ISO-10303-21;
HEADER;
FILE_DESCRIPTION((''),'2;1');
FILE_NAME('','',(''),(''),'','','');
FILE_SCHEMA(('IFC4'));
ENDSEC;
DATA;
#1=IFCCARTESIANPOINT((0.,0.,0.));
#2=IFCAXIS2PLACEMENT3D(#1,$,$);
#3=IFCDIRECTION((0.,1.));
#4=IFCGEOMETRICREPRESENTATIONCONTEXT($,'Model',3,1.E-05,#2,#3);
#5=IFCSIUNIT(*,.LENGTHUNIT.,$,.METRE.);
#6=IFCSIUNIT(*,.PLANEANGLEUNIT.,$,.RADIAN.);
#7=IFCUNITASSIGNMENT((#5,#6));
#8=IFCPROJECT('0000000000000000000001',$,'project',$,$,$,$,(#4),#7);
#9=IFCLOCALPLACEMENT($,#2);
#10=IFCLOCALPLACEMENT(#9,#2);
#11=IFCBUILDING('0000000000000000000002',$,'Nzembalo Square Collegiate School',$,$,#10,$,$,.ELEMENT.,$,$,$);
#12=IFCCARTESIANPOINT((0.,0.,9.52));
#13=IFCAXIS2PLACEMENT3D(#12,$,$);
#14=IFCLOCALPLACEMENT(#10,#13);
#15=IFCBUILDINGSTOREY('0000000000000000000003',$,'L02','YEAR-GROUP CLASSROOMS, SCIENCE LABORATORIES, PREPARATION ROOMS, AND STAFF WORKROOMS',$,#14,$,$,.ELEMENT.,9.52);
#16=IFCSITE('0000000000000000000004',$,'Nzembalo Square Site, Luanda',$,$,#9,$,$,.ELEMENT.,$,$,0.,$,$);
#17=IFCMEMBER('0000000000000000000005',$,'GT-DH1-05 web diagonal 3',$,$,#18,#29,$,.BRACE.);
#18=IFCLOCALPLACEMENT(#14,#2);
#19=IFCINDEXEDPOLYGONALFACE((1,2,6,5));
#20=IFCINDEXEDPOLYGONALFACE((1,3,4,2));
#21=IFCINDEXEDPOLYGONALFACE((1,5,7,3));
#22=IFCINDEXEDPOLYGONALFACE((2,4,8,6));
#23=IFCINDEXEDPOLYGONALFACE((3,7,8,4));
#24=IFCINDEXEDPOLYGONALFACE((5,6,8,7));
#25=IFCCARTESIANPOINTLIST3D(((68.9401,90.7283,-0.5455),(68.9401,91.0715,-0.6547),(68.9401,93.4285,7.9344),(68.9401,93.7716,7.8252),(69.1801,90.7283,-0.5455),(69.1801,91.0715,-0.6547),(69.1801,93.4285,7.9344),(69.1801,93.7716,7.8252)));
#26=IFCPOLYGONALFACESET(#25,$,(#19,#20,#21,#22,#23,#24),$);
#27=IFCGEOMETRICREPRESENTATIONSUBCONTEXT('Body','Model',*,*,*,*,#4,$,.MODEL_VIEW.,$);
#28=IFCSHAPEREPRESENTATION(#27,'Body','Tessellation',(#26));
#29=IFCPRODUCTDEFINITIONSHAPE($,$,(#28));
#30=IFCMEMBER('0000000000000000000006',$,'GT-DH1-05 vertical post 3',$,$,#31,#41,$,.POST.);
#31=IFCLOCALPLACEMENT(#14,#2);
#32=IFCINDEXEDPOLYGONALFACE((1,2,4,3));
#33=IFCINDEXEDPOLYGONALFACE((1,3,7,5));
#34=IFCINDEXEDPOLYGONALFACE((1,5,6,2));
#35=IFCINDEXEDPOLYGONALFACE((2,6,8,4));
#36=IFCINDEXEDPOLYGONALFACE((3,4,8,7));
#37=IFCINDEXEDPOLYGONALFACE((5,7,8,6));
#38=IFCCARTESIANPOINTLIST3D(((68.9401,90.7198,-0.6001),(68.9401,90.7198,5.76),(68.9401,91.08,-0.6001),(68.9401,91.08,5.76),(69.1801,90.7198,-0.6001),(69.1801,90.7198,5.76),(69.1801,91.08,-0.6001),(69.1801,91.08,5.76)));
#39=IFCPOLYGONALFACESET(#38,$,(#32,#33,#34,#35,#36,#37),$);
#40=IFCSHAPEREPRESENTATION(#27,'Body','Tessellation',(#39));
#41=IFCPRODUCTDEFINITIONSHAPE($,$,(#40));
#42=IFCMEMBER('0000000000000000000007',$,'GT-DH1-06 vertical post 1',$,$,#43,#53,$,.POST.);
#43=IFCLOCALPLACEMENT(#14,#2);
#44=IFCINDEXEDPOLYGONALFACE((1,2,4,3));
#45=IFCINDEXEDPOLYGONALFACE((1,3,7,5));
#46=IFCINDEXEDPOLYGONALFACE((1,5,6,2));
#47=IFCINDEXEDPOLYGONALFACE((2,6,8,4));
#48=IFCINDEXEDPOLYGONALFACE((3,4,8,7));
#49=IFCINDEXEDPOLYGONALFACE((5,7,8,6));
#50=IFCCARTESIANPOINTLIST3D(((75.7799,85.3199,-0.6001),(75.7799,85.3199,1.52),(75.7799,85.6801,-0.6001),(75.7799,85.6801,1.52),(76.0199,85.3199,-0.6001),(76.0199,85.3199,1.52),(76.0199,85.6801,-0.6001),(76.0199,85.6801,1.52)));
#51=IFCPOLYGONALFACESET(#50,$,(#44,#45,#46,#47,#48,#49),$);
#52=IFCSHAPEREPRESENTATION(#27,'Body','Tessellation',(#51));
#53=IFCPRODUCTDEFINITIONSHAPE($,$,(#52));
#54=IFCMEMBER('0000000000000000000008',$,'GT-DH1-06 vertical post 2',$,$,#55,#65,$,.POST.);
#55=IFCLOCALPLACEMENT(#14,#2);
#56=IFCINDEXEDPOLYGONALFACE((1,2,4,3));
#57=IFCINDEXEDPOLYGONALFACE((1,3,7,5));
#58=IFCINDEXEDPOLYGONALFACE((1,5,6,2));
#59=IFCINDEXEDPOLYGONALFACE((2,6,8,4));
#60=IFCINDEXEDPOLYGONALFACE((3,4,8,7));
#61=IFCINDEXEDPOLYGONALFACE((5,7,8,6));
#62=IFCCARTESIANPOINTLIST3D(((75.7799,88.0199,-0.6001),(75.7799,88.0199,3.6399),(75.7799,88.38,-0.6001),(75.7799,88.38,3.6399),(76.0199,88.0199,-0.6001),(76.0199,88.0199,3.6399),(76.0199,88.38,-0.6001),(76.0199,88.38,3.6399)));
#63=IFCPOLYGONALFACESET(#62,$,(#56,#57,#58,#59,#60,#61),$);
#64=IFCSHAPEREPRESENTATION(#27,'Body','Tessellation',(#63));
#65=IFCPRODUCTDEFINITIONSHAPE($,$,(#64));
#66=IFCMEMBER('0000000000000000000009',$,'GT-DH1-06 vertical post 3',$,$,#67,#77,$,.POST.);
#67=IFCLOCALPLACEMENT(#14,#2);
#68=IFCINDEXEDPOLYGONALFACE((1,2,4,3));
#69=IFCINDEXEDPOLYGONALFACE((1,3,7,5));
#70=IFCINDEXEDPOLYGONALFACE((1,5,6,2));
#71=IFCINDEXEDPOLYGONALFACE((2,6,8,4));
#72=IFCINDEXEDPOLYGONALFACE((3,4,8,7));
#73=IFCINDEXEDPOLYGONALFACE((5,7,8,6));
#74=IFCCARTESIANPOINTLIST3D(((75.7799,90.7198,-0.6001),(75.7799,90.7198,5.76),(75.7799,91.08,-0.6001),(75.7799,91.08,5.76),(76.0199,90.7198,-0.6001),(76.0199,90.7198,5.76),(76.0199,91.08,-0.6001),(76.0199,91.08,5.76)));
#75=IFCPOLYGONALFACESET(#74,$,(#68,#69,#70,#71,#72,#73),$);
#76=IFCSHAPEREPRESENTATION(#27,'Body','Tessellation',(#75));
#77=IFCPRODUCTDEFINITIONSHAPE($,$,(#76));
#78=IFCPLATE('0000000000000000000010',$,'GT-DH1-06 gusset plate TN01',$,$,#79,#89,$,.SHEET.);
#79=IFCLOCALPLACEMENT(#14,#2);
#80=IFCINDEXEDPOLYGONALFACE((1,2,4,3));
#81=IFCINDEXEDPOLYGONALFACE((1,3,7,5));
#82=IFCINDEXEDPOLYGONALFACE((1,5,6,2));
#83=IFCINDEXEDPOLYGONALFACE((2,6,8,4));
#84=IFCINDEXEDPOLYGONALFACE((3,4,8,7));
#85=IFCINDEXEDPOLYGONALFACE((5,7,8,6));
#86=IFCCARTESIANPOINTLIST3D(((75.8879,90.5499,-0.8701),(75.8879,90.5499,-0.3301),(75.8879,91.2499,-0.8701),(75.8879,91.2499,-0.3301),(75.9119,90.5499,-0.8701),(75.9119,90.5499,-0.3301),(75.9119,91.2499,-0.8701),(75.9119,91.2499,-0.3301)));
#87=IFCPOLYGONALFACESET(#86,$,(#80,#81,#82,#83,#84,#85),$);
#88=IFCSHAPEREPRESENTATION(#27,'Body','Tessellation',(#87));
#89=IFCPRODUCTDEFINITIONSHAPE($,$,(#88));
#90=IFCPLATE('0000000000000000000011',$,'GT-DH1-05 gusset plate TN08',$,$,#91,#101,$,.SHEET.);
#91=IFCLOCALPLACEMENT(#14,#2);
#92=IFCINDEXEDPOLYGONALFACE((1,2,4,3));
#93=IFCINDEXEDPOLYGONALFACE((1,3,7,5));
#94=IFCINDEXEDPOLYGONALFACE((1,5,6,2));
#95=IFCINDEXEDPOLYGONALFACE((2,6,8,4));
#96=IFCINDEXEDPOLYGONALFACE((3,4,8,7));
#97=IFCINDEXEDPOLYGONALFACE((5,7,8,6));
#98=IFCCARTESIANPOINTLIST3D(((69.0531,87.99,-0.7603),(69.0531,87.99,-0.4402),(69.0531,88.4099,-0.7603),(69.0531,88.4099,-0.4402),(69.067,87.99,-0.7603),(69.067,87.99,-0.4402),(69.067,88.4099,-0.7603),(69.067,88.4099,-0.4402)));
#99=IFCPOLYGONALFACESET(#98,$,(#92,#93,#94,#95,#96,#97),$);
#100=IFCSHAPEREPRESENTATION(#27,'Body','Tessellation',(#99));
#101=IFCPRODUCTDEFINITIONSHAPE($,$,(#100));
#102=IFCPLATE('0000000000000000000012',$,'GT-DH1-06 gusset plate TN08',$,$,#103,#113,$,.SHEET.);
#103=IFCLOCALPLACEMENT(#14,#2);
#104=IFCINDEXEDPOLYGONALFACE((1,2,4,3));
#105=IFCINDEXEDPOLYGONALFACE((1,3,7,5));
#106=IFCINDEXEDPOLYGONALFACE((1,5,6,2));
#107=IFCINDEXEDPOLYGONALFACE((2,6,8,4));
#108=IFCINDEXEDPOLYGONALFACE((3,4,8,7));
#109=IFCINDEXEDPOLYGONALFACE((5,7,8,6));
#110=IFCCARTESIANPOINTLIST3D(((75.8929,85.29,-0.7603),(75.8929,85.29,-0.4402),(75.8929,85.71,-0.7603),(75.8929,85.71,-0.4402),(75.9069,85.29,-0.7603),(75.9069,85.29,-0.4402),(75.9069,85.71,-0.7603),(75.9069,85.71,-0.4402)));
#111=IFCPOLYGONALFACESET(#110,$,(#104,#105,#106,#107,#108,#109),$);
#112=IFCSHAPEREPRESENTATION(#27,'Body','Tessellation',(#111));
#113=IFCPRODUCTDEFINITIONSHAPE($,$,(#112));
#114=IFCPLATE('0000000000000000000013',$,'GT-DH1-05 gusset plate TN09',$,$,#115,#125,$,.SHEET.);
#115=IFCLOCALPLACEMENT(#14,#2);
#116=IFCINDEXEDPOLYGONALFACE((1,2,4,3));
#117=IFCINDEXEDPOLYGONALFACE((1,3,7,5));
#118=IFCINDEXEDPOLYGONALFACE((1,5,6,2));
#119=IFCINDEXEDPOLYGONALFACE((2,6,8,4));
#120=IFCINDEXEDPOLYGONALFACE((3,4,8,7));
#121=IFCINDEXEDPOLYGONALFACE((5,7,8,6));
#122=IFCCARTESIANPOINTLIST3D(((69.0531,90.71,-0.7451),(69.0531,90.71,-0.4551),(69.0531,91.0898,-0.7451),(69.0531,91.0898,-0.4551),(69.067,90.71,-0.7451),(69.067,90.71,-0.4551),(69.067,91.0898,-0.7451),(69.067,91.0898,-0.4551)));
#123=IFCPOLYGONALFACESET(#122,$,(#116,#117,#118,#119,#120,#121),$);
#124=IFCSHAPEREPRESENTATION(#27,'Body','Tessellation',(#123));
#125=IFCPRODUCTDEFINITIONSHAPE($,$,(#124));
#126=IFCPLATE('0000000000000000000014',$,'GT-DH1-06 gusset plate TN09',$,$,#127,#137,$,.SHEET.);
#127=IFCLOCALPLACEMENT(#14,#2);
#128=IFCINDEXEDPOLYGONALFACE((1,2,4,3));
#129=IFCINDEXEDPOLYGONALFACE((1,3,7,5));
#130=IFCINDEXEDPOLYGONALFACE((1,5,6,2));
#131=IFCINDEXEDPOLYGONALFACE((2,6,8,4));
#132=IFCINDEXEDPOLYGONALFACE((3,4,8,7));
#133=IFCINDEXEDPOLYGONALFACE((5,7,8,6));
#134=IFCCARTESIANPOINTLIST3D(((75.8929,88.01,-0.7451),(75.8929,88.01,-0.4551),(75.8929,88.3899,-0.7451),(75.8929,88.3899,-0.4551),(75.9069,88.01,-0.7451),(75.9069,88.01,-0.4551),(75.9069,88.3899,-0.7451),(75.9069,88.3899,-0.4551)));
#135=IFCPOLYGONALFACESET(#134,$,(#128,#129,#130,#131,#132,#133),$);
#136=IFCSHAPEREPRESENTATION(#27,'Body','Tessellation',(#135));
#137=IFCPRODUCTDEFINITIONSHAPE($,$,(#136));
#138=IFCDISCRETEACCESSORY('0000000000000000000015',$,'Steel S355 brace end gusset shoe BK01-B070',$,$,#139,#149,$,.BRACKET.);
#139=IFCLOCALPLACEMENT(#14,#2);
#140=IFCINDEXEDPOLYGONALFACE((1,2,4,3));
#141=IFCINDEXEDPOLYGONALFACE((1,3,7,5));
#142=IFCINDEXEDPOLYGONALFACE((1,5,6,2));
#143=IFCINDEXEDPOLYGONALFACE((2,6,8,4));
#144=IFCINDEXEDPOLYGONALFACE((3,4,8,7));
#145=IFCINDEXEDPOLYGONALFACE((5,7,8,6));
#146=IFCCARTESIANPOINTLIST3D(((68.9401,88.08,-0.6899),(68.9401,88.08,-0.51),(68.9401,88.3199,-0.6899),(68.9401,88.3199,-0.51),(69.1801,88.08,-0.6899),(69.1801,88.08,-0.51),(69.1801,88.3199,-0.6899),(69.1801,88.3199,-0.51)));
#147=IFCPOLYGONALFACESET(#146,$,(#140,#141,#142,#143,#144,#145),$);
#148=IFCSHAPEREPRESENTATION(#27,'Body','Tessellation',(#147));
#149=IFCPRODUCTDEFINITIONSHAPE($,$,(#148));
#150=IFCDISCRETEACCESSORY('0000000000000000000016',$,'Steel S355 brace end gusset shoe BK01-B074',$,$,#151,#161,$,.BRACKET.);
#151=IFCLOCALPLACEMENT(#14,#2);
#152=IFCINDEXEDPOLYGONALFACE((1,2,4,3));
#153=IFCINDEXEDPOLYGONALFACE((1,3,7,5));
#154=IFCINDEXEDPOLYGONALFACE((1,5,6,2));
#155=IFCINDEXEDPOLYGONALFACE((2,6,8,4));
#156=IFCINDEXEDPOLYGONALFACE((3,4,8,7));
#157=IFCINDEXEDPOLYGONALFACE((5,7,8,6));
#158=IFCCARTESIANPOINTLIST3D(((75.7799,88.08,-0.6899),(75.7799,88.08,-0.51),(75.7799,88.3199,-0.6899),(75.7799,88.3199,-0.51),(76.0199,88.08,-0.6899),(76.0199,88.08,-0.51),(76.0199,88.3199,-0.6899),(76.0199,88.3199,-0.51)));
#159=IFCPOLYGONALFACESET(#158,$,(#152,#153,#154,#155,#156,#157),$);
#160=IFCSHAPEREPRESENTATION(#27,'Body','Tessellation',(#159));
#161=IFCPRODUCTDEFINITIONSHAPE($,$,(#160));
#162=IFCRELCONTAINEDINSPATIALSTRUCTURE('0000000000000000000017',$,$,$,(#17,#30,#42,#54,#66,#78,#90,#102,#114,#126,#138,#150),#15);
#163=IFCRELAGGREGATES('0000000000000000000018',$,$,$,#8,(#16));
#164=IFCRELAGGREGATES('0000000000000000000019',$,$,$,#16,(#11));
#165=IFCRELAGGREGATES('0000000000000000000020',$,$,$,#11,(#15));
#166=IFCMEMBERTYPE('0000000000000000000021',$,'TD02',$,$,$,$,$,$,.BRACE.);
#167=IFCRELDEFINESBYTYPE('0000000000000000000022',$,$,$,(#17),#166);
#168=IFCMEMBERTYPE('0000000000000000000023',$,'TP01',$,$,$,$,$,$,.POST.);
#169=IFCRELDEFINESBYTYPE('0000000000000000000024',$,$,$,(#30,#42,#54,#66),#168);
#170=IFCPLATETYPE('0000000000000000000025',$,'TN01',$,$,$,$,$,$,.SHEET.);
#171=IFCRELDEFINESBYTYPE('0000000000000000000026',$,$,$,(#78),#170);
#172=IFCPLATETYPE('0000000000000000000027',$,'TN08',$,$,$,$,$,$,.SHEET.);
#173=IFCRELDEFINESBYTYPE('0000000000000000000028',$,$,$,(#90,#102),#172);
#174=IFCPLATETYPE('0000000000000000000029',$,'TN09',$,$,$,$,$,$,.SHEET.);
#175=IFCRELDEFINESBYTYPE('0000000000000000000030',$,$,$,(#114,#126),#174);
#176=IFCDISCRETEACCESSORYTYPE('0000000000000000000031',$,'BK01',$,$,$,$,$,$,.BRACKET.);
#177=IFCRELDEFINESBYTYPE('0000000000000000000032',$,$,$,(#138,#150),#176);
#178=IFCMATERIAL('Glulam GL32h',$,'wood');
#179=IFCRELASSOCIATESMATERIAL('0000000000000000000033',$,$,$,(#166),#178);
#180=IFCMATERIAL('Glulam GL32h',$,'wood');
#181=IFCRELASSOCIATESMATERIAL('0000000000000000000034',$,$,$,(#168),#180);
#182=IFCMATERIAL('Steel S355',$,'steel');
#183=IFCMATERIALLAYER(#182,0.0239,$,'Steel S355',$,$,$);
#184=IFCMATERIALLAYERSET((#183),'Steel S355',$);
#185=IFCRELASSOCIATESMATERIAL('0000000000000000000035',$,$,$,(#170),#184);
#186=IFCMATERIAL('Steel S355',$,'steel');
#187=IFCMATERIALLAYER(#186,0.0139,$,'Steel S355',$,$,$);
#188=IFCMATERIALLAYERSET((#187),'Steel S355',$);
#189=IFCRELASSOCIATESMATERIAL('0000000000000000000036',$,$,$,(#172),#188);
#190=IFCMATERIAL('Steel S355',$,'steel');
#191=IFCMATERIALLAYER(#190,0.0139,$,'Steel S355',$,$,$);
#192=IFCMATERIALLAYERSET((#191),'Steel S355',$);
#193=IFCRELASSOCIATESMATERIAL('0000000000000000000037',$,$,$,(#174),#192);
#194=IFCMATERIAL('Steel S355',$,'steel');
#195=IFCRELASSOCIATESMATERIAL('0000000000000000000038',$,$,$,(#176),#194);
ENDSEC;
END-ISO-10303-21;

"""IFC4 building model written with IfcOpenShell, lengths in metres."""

from ifc_helpers import new_model, si_unit, direction, frame, origin, origin_2d, place, context, subcontext, project, spatial, rectangle, extrude, material, layer, layer_set, material_profile, profile_set, type_object, element, save


model = new_model("IFC4")

# Units and contexts
model_context = context("Model", 3, precision=1e-05, world=origin(), true_north=direction((0.0, 1.0)))
body_context = subcontext(model_context, "Body", "Model", "MODEL_VIEW")
ifc_project = project(units=[si_unit("LENGTHUNIT", "METRE"), si_unit("PLANEANGLEUNIT", "RADIAN")], contexts=[model_context])

# Site, building, storey
site_placement = place(None, origin())
site = spatial("IfcSite", under=ifc_project, at=site_placement, Name="Nzembalo Square Site, Luanda", CompositionType="ELEMENT", RefElevation=0.0)
building_placement = place(site_placement, origin())
building = spatial("IfcBuilding", under=site, at=building_placement, Name="Nzembalo Square Collegiate School", CompositionType="ELEMENT")
storey_placement = place(building_placement, frame((0.0, 0.0, 9.52)))
storey = spatial("IfcBuildingStorey", under=building, at=storey_placement, Name="L02", Description="YEAR-GROUP CLASSROOMS, SCIENCE LABORATORIES, PREPARATION ROOMS, AND STAFF WORKROOMS", CompositionType="ELEMENT", Elevation=9.52)

# Members
ifc_material_1 = material(Name="Glulam GL32h", Category="wood")
ifc_material_profile_1 = material_profile(ifc_material_1, rectangle(XDim=0.24, YDim=0.3601, at=origin_2d()), Name="GL32h 240x360")
ifc_profile_set_1 = profile_set([ifc_material_profile_1], Name="Glulam GL32h")
member_type_1 = type_object("IfcMemberType", Name="TD02", PredefinedType="BRACE", material=ifc_profile_set_1)
member_1_placement = place(storey_placement, frame((69.0601, 90.8999, -0.6001), z_axis=(0.0, 0.30341, 0.95286), x_axis=(-1.0, 0.0, 0.0)))
element("IfcMember", 1, at=member_1_placement, inside=storey, type_object=member_type_1, Name="GT-DH1-05 web diagonal 3", PredefinedType="BRACE", context=body_context, shape_type="SweptSolid", body=[
    extrude(rectangle(XDim=0.24, YDim=0.3601, at=origin_2d()), origin(), (0.0, 0.0, 1.0), 8.8994),
])
ifc_material_2 = material(Name="Glulam GL32h", Category="wood")
ifc_material_profile_2 = material_profile(ifc_material_2, rectangle(XDim=0.24, YDim=0.3601, at=origin_2d()), Name="GL32h 240x360")
ifc_profile_set_2 = profile_set([ifc_material_profile_2], Name="Glulam GL32h")
member_type_2 = type_object("IfcMemberType", Name="TP01", PredefinedType="POST", material=ifc_profile_set_2)
member_2_placement = place(storey_placement, frame((69.0601, 90.8999, -0.6001), z_axis=(0.0, 0.0, 1.0), x_axis=(1.0, 0.0, 0.0)))
element("IfcMember", 2, at=member_2_placement, inside=storey, type_object=member_type_2, Name="GT-DH1-05 vertical post 3", PredefinedType="POST", context=body_context, shape_type="SweptSolid", body=[
    extrude(rectangle(XDim=0.24, YDim=0.3601, at=origin_2d()), origin(), (0.0, 0.0, 1.0), 6.3601),
])
member_3_placement = place(storey_placement, frame((75.8999, 85.5, -0.6001), z_axis=(0.0, 0.0, 1.0), x_axis=(1.0, 0.0, 0.0)))
element("IfcMember", 3, at=member_3_placement, inside=storey, type_object=member_type_2, Name="GT-DH1-06 vertical post 1", PredefinedType="POST", context=body_context, shape_type="SweptSolid", body=[
    extrude(rectangle(XDim=0.24, YDim=0.3601, at=origin_2d()), origin(), (0.0, 0.0, 1.0), 2.1201),
])
member_4_placement = place(storey_placement, frame((75.8999, 88.2, -0.6001), z_axis=(0.0, 0.0, 1.0), x_axis=(1.0, 0.0, 0.0)))
element("IfcMember", 4, at=member_4_placement, inside=storey, type_object=member_type_2, Name="GT-DH1-06 vertical post 2", PredefinedType="POST", context=body_context, shape_type="SweptSolid", body=[
    extrude(rectangle(XDim=0.24, YDim=0.3601, at=origin_2d()), origin(), (0.0, 0.0, 1.0), 4.24),
])
member_5_placement = place(storey_placement, frame((75.8999, 90.8999, -0.6001), z_axis=(0.0, 0.0, 1.0), x_axis=(1.0, 0.0, 0.0)))
element("IfcMember", 5, at=member_5_placement, inside=storey, type_object=member_type_2, Name="GT-DH1-06 vertical post 3", PredefinedType="POST", context=body_context, shape_type="SweptSolid", body=[
    extrude(rectangle(XDim=0.24, YDim=0.3601, at=origin_2d()), origin(), (0.0, 0.0, 1.0), 6.3601),
])

# Plates
ifc_material_3 = material(Name="Steel S355", Category="steel")
ifc_layer_1 = layer(ifc_material_3, 0.0239, Name="Steel S355")
ifc_layer_set_1 = layer_set([ifc_layer_1], Name="Steel S355")
plate_type_1 = type_object("IfcPlateType", Name="TN01", PredefinedType="SHEET", material=ifc_layer_set_1)
plate_placement = place(storey_placement, frame((75.8999, 90.8999, -0.8701), z_axis=(0.0, 0.0, 1.0), x_axis=(0.0, 1.0, 0.0)))
element("IfcPlate", 6, at=plate_placement, inside=storey, type_object=plate_type_1, Name="GT-DH1-06 gusset plate TN01", PredefinedType="SHEET", context=body_context, shape_type="SweptSolid", body=[
    extrude(rectangle(XDim=0.7, YDim=0.0239, at=origin_2d()), origin(), (0.0, 0.0, 1.0), 0.54),
])
ifc_material_4 = material(Name="Steel S355", Category="steel")
ifc_layer_2 = layer(ifc_material_4, 0.0139, Name="Steel S355")
ifc_layer_set_2 = layer_set([ifc_layer_2], Name="Steel S355")
plate_type_2 = type_object("IfcPlateType", Name="TN08", PredefinedType="SHEET", material=ifc_layer_set_2)
for number, where, z_axis, x_axis, name in (
    (7, (69.0601, 88.2, -0.7603), (0.0, 0.0, 1.0), (0.0, 1.0, 0.0), "GT-DH1-05 gusset plate TN08"),
    (8, (75.8999, 85.5, -0.7603), (0.0, 0.0, 1.0), (0.0, 1.0, 0.0), "GT-DH1-06 gusset plate TN08"),
):
    element("IfcPlate", number, at=place(storey_placement, frame(where, z_axis=z_axis, x_axis=x_axis)), inside=storey, type_object=plate_type_2, Name=name, PredefinedType="SHEET", context=body_context, shape_type="SweptSolid", body=[
        extrude(rectangle(XDim=0.4199, YDim=0.0139, at=origin_2d()), origin(), (0.0, 0.0, 1.0), 0.3201),
    ])
ifc_material_5 = material(Name="Steel S355", Category="steel")
ifc_layer_3 = layer(ifc_material_5, 0.0139, Name="Steel S355")
ifc_layer_set_3 = layer_set([ifc_layer_3], Name="Steel S355")
plate_type_3 = type_object("IfcPlateType", Name="TN09", PredefinedType="SHEET", material=ifc_layer_set_3)
for number, where, z_axis, x_axis, name in (
    (9, (69.0601, 90.8999, -0.7451), (0.0, 0.0, 1.0), (0.0, 1.0, 0.0), "GT-DH1-05 gusset plate TN09"),
    (10, (75.8999, 88.2, -0.7451), (0.0, 0.0, 1.0), (0.0, 1.0, 0.0), "GT-DH1-06 gusset plate TN09"),
):
    element("IfcPlate", number, at=place(storey_placement, frame(where, z_axis=z_axis, x_axis=x_axis)), inside=storey, type_object=plate_type_3, Name=name, PredefinedType="SHEET", context=body_context, shape_type="SweptSolid", body=[
        extrude(rectangle(XDim=0.3799, YDim=0.0139, at=origin_2d()), origin(), (0.0, 0.0, 1.0), 0.29),
    ])

# Discrete accessories
ifc_material_6 = material(Name="Steel S355", Category="steel")
discrete_accessory_type = type_object("IfcDiscreteAccessoryType", Name="BK01", PredefinedType="BRACKET", material=ifc_material_6)
for number, where, z_axis, x_axis, name in (
    (11, (69.0601, 88.2, -0.6899), (0.0, 0.0, 1.0), (1.0, 0.0, 0.0), "Steel S355 brace end gusset shoe BK01-B070"),
    (12, (75.8999, 88.2, -0.6899), (0.0, 0.0, 1.0), (1.0, 0.0, 0.0), "Steel S355 brace end gusset shoe BK01-B074"),
):
    element("IfcDiscreteAccessory", number, at=place(storey_placement, frame(where, z_axis=z_axis, x_axis=x_axis)), inside=storey, type_object=discrete_accessory_type, Name=name, PredefinedType="BRACKET", context=body_context, shape_type="SweptSolid", body=[
        extrude(rectangle(XDim=0.24, YDim=0.24, at=origin_2d()), origin(), (0.0, 0.0, 1.0), 0.1799),
    ])

save(model, "model.ifc")
